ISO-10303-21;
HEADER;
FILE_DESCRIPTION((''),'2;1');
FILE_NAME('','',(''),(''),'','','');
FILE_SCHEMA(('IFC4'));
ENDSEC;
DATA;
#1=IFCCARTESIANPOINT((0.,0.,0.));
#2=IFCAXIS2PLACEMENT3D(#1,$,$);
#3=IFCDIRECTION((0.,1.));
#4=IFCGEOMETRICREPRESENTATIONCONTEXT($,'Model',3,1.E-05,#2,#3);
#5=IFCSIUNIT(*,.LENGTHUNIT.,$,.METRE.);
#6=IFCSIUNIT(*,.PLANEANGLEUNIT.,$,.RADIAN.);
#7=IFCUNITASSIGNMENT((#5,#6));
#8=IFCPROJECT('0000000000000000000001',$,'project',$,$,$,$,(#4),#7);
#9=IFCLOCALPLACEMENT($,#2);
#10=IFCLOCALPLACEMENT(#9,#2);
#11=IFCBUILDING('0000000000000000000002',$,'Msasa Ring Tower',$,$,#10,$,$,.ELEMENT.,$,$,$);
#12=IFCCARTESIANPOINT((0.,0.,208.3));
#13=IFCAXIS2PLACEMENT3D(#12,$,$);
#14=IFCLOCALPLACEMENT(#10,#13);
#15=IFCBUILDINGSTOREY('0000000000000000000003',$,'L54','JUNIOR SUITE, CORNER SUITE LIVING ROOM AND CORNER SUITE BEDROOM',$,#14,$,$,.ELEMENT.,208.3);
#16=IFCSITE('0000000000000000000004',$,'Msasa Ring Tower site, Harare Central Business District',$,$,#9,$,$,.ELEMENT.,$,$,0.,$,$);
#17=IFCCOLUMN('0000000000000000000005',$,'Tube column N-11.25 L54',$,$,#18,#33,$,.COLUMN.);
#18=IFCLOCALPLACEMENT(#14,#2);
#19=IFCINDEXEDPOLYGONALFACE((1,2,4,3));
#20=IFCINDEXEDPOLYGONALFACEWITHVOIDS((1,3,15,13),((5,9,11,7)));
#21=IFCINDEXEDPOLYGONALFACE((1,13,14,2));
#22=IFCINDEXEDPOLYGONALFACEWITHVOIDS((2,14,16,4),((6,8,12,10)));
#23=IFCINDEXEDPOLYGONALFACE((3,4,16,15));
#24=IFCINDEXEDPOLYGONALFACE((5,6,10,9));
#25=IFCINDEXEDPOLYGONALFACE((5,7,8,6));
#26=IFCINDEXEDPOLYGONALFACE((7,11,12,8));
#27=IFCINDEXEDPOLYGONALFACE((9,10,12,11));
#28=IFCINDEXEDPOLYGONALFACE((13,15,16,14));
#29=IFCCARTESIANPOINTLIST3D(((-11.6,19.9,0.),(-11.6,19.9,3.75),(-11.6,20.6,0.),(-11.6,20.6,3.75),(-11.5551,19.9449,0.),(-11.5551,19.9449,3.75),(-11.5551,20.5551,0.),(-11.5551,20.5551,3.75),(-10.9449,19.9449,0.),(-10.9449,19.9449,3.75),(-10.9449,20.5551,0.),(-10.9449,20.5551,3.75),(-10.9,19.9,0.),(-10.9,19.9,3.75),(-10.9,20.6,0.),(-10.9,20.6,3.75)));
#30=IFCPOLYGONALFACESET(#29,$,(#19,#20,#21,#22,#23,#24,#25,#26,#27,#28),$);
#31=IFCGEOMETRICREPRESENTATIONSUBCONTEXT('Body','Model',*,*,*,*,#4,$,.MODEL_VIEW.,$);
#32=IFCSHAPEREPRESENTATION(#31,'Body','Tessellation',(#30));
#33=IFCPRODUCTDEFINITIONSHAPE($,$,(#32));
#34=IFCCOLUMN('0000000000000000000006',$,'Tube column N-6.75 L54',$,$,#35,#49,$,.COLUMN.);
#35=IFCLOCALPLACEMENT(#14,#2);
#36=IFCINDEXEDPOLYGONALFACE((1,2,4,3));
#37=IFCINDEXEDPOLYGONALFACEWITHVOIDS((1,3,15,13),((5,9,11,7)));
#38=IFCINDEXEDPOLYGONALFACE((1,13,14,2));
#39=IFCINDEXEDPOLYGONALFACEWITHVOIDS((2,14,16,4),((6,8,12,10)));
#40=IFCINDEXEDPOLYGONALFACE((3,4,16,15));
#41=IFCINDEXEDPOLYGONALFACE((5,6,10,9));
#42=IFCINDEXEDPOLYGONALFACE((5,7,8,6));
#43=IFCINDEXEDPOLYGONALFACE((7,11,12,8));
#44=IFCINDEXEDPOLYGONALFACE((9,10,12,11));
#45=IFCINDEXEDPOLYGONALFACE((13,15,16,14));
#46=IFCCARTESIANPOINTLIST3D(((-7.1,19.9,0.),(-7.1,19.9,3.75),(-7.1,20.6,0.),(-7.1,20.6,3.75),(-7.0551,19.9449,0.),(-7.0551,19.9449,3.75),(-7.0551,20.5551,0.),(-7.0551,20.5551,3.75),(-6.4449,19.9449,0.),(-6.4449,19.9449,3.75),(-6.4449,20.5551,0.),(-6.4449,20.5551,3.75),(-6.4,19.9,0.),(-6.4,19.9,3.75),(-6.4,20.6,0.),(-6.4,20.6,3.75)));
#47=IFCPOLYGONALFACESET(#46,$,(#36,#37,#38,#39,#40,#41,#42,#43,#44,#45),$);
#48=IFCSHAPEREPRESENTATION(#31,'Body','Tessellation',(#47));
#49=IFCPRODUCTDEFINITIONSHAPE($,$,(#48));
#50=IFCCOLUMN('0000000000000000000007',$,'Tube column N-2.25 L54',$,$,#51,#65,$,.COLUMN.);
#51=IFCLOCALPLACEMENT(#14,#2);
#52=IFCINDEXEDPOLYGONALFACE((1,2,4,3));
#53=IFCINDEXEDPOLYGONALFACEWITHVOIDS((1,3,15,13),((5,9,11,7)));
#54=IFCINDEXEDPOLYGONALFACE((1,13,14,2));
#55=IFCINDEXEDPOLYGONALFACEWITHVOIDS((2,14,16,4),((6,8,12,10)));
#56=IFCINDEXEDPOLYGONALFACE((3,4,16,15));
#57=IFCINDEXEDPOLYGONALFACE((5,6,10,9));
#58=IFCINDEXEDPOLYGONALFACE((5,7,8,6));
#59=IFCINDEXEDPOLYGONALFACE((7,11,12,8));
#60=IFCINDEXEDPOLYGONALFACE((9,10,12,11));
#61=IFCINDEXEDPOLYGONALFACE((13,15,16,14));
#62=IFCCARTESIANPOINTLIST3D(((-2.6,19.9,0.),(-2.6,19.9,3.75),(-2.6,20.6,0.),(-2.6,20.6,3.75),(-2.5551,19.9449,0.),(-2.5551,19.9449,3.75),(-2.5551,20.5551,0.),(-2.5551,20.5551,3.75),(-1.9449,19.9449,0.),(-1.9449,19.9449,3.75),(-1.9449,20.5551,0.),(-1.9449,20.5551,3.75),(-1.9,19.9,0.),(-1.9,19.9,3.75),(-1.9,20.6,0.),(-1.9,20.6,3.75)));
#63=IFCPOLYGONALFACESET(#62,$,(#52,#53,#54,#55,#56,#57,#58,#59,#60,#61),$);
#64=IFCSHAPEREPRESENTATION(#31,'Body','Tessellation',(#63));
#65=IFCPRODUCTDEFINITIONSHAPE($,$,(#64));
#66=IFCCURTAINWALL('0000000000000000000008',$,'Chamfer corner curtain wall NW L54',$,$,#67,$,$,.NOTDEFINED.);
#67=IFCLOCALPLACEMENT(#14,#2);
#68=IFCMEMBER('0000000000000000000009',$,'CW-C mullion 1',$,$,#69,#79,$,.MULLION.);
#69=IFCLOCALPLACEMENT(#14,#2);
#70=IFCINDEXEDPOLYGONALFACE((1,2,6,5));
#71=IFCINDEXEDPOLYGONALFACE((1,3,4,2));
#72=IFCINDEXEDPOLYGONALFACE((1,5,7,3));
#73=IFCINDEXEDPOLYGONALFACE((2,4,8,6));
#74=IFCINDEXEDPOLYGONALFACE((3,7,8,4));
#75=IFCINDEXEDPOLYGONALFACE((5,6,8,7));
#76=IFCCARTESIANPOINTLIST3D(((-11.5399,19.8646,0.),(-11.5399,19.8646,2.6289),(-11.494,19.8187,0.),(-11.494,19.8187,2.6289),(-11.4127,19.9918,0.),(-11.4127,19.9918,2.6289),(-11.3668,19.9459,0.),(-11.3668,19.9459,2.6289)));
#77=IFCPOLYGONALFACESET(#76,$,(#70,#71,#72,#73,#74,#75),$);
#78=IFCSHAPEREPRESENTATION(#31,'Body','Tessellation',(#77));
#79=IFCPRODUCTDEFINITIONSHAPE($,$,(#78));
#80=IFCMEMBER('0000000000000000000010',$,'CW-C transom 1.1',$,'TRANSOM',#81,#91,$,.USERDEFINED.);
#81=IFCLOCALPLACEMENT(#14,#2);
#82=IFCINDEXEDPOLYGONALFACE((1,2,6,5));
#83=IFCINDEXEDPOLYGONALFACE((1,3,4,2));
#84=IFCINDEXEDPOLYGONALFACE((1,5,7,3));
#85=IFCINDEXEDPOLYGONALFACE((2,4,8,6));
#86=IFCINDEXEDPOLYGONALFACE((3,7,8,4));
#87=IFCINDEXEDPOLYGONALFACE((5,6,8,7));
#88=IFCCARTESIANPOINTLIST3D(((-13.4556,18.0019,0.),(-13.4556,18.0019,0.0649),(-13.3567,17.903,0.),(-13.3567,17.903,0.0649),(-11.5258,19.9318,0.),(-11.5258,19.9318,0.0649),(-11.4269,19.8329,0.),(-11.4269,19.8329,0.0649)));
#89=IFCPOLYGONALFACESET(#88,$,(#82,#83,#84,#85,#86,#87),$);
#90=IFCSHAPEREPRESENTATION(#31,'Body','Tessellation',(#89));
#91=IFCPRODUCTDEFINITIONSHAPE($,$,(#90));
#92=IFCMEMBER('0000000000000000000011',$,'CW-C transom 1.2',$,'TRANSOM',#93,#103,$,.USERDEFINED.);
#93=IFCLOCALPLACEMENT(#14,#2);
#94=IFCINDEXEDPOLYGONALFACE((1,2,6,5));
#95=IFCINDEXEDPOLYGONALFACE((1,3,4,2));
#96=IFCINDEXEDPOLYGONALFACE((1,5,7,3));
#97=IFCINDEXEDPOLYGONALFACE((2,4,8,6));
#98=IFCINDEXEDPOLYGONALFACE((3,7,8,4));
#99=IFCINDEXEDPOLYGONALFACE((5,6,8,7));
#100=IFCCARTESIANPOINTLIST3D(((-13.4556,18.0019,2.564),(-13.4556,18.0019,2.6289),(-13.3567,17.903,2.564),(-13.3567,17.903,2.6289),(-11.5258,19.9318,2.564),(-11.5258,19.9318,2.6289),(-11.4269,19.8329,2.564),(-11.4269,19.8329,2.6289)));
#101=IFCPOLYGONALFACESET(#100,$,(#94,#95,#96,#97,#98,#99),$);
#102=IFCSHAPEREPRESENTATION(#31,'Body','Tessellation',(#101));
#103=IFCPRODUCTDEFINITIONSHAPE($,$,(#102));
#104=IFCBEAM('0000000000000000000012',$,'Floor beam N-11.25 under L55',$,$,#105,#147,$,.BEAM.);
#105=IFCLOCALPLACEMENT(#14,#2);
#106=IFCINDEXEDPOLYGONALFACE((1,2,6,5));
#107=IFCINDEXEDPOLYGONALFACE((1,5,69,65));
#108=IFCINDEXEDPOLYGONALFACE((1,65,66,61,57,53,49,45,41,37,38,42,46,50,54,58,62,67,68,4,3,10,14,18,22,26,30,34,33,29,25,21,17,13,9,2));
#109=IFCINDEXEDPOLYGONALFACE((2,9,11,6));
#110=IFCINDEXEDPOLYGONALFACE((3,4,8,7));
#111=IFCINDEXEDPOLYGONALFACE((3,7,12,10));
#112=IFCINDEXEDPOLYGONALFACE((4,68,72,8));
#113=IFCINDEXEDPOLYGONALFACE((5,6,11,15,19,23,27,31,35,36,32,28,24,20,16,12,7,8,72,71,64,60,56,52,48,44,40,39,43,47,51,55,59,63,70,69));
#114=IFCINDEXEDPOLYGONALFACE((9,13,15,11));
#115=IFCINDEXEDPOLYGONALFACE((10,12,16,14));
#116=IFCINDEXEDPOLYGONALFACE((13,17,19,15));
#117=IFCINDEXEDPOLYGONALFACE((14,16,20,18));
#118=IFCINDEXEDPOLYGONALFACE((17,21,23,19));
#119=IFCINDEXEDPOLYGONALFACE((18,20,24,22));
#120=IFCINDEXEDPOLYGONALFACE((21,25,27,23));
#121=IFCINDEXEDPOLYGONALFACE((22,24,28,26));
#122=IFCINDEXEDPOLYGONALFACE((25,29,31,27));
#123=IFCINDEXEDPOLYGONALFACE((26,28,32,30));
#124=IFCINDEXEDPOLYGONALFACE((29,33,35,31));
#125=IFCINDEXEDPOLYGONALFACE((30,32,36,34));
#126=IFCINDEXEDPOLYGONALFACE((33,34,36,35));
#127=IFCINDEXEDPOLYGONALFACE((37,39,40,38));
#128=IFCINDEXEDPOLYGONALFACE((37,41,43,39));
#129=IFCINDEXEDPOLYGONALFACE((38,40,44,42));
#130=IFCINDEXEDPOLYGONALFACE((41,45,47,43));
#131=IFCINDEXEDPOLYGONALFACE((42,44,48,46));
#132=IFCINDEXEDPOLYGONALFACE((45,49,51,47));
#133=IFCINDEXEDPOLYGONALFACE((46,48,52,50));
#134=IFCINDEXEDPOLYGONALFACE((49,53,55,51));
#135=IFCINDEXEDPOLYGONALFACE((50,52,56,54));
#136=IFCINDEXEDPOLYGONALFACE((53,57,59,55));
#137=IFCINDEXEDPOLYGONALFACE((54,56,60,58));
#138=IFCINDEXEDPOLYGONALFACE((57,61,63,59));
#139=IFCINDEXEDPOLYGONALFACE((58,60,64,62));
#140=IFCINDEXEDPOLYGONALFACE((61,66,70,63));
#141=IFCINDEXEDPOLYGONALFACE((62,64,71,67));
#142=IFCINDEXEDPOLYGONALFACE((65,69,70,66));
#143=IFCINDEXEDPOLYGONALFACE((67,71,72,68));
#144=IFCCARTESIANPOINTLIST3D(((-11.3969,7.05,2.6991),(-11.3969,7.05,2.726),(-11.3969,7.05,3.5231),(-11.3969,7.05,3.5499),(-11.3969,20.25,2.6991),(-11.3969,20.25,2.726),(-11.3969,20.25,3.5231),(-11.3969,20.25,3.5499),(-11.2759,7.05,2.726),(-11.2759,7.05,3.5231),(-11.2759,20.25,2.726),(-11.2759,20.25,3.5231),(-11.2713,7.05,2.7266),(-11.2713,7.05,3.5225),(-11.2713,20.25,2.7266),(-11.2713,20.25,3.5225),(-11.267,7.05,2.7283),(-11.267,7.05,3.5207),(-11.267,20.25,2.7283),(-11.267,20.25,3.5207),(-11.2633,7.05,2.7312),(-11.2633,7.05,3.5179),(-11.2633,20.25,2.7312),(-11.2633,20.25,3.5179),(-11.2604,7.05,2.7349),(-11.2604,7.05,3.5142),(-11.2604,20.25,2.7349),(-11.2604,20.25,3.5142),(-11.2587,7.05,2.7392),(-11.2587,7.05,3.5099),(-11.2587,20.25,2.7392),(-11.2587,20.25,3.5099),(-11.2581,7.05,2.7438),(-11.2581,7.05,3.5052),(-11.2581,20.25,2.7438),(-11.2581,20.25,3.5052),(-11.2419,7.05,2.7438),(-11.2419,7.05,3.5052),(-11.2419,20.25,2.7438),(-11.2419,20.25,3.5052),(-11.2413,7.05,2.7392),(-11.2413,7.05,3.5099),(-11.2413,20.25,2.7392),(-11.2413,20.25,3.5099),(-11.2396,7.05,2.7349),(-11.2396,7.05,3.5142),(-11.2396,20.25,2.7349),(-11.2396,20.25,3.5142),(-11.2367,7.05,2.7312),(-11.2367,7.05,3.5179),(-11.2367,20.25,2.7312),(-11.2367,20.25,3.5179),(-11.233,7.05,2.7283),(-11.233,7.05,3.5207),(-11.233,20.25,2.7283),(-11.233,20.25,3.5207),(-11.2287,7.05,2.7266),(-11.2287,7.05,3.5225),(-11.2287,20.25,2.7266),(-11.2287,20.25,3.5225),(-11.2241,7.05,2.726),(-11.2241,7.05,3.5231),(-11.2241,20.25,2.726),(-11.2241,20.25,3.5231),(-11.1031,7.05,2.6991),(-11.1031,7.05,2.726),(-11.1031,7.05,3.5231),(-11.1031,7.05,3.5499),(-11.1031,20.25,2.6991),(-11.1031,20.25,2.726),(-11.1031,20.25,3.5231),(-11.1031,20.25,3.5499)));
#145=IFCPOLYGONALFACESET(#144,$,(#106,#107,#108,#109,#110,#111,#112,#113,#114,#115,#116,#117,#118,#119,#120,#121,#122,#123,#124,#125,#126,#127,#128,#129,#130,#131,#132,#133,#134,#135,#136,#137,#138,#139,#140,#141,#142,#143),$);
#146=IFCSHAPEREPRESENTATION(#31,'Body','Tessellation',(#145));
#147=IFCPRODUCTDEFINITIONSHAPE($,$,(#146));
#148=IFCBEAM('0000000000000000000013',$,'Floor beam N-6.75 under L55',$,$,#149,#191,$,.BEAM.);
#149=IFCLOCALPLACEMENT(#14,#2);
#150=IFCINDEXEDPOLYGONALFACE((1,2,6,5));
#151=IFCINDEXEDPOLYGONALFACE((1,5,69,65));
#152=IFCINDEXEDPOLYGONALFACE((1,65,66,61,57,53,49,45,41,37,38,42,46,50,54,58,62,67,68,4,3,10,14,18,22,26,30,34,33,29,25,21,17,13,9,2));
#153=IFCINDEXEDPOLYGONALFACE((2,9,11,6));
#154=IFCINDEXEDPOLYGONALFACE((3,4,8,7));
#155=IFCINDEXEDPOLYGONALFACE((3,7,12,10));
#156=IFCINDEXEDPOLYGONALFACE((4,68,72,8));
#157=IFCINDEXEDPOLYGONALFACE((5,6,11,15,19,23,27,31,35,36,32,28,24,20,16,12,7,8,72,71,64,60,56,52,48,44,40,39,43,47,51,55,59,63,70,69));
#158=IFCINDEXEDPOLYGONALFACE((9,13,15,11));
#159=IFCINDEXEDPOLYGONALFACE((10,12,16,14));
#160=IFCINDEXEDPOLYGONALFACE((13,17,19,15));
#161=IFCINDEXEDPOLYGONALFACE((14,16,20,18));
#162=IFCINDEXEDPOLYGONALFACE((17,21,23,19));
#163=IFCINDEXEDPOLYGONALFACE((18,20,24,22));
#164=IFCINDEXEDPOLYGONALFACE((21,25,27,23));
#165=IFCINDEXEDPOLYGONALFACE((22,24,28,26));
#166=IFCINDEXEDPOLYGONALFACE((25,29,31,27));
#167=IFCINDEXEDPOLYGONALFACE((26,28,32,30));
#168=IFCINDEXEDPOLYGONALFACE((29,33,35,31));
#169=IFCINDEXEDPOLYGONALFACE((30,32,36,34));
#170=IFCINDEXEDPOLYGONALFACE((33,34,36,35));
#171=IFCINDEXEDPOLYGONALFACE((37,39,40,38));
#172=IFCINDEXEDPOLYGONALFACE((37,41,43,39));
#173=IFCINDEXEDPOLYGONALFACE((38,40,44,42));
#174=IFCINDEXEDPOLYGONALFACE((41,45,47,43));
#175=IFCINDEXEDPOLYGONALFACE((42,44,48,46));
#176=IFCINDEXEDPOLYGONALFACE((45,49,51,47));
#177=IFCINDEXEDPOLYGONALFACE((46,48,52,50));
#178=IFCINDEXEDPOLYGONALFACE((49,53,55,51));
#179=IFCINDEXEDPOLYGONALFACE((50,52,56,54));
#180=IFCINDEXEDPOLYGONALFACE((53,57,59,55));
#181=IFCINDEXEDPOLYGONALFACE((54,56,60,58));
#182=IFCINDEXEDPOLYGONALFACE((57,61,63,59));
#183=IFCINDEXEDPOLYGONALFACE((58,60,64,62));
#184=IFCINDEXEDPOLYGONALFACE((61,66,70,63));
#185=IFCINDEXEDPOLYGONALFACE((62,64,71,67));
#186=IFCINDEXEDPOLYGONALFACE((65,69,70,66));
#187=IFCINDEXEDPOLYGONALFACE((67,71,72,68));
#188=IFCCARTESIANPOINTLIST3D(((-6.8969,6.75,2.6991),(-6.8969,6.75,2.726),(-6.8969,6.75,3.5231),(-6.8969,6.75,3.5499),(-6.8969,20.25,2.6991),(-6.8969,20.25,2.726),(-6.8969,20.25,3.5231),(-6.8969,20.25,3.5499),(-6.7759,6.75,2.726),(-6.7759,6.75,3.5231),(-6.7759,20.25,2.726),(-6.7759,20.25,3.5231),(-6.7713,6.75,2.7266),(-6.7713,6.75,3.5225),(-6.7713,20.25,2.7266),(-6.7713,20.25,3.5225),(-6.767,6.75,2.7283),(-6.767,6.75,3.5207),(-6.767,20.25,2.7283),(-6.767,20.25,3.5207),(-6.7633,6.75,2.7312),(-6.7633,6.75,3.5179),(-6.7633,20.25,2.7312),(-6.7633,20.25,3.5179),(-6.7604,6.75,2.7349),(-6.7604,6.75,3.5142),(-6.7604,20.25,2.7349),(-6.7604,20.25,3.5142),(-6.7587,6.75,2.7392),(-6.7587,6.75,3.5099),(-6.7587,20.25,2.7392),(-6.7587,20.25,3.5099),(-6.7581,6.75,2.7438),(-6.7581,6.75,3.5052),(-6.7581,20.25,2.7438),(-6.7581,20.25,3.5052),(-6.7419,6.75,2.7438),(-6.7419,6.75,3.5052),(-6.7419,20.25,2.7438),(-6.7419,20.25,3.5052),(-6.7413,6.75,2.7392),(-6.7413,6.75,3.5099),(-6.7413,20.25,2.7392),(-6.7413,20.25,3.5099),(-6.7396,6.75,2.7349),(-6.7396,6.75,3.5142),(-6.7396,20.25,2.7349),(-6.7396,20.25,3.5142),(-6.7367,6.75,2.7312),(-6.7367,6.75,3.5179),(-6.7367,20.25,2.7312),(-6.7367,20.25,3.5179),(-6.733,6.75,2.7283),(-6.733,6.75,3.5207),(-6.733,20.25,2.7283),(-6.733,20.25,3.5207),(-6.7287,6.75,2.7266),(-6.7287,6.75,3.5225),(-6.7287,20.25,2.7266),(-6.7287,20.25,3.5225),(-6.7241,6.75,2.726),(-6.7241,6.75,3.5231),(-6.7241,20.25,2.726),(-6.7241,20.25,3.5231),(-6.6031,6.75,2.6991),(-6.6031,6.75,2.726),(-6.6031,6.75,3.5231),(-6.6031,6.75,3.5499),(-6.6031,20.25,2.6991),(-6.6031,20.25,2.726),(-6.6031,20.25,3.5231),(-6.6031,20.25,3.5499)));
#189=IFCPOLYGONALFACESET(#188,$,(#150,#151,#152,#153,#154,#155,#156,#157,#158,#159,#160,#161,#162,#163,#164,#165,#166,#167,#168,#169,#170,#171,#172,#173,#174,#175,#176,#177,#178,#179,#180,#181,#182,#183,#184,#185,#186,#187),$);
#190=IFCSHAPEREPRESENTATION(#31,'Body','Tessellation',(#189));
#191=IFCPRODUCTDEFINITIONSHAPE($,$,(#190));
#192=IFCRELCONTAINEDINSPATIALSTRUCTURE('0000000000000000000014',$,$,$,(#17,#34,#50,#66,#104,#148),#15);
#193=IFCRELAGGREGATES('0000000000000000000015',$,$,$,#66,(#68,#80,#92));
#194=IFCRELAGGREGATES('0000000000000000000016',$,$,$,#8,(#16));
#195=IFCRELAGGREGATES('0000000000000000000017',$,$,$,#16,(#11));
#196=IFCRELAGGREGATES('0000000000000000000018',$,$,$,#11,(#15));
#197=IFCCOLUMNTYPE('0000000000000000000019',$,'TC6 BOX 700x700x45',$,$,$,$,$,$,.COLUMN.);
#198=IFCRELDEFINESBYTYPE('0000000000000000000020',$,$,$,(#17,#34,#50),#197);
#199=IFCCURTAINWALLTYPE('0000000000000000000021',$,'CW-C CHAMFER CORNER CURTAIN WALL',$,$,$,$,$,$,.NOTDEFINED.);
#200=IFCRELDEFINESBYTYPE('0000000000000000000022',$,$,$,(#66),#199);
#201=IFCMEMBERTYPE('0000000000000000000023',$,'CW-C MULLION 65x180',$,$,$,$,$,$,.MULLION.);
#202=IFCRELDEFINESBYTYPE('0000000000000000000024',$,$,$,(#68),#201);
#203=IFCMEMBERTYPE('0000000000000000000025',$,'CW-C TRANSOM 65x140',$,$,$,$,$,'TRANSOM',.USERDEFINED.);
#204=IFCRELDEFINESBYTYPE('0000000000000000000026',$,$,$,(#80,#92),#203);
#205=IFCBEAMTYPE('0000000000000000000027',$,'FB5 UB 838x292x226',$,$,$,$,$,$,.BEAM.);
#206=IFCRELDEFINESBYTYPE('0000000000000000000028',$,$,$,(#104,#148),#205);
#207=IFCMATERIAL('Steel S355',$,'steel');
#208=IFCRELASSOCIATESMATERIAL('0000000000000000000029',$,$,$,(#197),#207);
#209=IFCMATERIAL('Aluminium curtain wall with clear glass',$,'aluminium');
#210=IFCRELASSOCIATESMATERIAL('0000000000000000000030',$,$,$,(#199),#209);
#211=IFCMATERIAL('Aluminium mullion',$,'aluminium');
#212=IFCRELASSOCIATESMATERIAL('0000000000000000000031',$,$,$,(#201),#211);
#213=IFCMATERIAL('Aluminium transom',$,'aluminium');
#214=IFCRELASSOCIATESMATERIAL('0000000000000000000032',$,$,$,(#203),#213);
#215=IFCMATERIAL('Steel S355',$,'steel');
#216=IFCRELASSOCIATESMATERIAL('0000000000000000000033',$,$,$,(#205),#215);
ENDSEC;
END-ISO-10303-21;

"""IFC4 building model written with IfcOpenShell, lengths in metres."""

from ifc_helpers import new_model, si_unit, direction, frame, origin, origin_2d, place, context, subcontext, project, spatial, rectangle, hollow_rectangle, i_section, extrude, material, material_profile, profile_set, type_object, element, aggregate, save


model = new_model("IFC4")

# Units and contexts
model_context = context("Model", 3, precision=1e-05, world=origin(), true_north=direction((0.0, 1.0)))
body_context = subcontext(model_context, "Body", "Model", "MODEL_VIEW")
ifc_project = project(units=[si_unit("LENGTHUNIT", "METRE"), si_unit("PLANEANGLEUNIT", "RADIAN")], contexts=[model_context])

# Site, building, storey
site_placement = place(None, origin())
site = spatial("IfcSite", under=ifc_project, at=site_placement, Name="Msasa Ring Tower site, Harare Central Business District", CompositionType="ELEMENT", RefElevation=0.0)
building_placement = place(site_placement, origin())
building = spatial("IfcBuilding", under=site, at=building_placement, Name="Msasa Ring Tower", CompositionType="ELEMENT")
storey_placement = place(building_placement, frame((0.0, 0.0, 208.3)))
storey = spatial("IfcBuildingStorey", under=building, at=storey_placement, Name="L54", Description="JUNIOR SUITE, CORNER SUITE LIVING ROOM AND CORNER SUITE BEDROOM", CompositionType="ELEMENT", Elevation=208.3)

# Columns
ifc_material_1 = material(Name="Steel S355", Category="steel")
ifc_material_profile_1 = material_profile(ifc_material_1, hollow_rectangle(XDim=0.7, YDim=0.7, WallThickness=0.0449, at=origin_2d()), Name="BOX 700x700x45")
ifc_profile_set_1 = profile_set([ifc_material_profile_1], Name="Steel S355")
column_type = type_object("IfcColumnType", Name="TC6 BOX 700x700x45", PredefinedType="COLUMN", material=ifc_profile_set_1)
for number, where, z_axis, x_axis, name in (
    (1, (-11.25, 20.25, 0.0), (0.0, 0.0, 1.0), (0.0, 1.0, 0.0), "Tube column N-11.25 L54"),
    (2, (-6.75, 20.25, 0.0), (0.0, 0.0, 1.0), (0.0, 1.0, 0.0), "Tube column N-6.75 L54"),
    (3, (-2.25, 20.25, 0.0), (0.0, 0.0, 1.0), (0.0, 1.0, 0.0), "Tube column N-2.25 L54"),
):
    element("IfcColumn", number, at=place(storey_placement, frame(where, z_axis=z_axis, x_axis=x_axis)), inside=storey, type_object=column_type, Name=name, PredefinedType="COLUMN", context=body_context, shape_type="SweptSolid", body=[
        extrude(hollow_rectangle(XDim=0.7, YDim=0.7, WallThickness=0.0449, at=origin_2d()), origin(), (0.0, 0.0, 1.0), 3.75),
    ])

# Curtain wall, members
ifc_material_2 = material(Name="Aluminium curtain wall with clear glass", Category="aluminium")
curtain_wall_type = type_object("IfcCurtainWallType", Name="CW-C CHAMFER CORNER CURTAIN WALL", PredefinedType="NOTDEFINED", material=ifc_material_2)
curtain_wall_placement = place(storey_placement, origin())
curtain_wall = element("IfcCurtainWall", 4, at=curtain_wall_placement, inside=storey, type_object=curtain_wall_type, Name="Chamfer corner curtain wall NW L54", PredefinedType="NOTDEFINED")
ifc_material_3 = material(Name="Aluminium mullion", Category="aluminium")
ifc_material_profile_2 = material_profile(ifc_material_3, rectangle(XDim=0.0649, YDim=0.1799, at=origin_2d()), Name="AL 65x180")
ifc_profile_set_2 = profile_set([ifc_material_profile_2], Name="Aluminium mullion")
member_type_1 = type_object("IfcMemberType", Name="CW-C MULLION 65x180", PredefinedType="MULLION", material=ifc_profile_set_2)
member_1_placement = place(storey_placement, frame((-11.4534, 19.9053, 0.0), z_axis=(0.0, 0.0, 1.0), x_axis=(0.707107, -0.707107, 0.0)))
member_1 = element("IfcMember", 5, at=member_1_placement, type_object=member_type_1, Name="CW-C mullion 1", PredefinedType="MULLION", context=body_context, shape_type="SweptSolid", body=[
    extrude(rectangle(XDim=0.0649, YDim=0.1799, at=origin_2d()), origin(), (0.0, 0.0, 1.0), 2.6289),
])
ifc_material_4 = material(Name="Aluminium transom", Category="aluminium")
ifc_material_profile_3 = material_profile(ifc_material_4, rectangle(XDim=0.1399, YDim=0.0649, at=origin_2d()), Name="AL 65x140")
ifc_profile_set_3 = profile_set([ifc_material_profile_3], Name="Aluminium transom")
member_type_2 = type_object("IfcMemberType", Name="CW-C TRANSOM 65x140", ElementType="TRANSOM", PredefinedType="USERDEFINED", material=ifc_profile_set_3)
member_2_placement = place(storey_placement, frame((-11.4763, 19.8823, 0.0325), z_axis=(-0.707107, -0.707107, 0.0), x_axis=(0.707107, -0.707107, 0.0)))
member_2 = element("IfcMember", 6, at=member_2_placement, type_object=member_type_2, Name="CW-C transom 1.1", ObjectType="TRANSOM", PredefinedType="USERDEFINED", context=body_context, shape_type="SweptSolid", body=[
    extrude(rectangle(XDim=0.1399, YDim=0.0649, at=origin_2d()), origin(), (0.0, 0.0, 1.0), 2.7292),
])
member_3_placement = place(storey_placement, frame((-11.4763, 19.8823, 2.5964), z_axis=(-0.707107, -0.707107, 0.0), x_axis=(0.707107, -0.707107, 0.0)))
member_3 = element("IfcMember", 7, at=member_3_placement, type_object=member_type_2, Name="CW-C transom 1.2", ObjectType="TRANSOM", PredefinedType="USERDEFINED", context=body_context, shape_type="SweptSolid", body=[
    extrude(rectangle(XDim=0.1399, YDim=0.0649, at=origin_2d()), origin(), (0.0, 0.0, 1.0), 2.7292),
])
aggregate(curtain_wall, [member_1, member_2, member_3])

# Beams
ifc_material_5 = material(Name="Steel S355", Category="steel")
ifc_material_profile_4 = material_profile(ifc_material_5, i_section(OverallWidth=0.2937, OverallDepth=0.8508, WebThickness=0.0161, FlangeThickness=0.0269, FilletRadius=0.0178, at=origin_2d()), Name="UB 838x292x226")
ifc_profile_set_4 = profile_set([ifc_material_profile_4], Name="Steel S355")
beam_type_1 = type_object("IfcBeamType", Name="FB5 UB 838x292x226", PredefinedType="BEAM", material=ifc_profile_set_4)
beam_1_placement = place(storey_placement, frame((-11.25, 20.25, 3.1245), z_axis=(0.0, -1.0, 0.0), x_axis=(1.0, 0.0, 0.0)))
element("IfcBeam", 8, at=beam_1_placement, inside=storey, type_object=beam_type_1, Name="Floor beam N-11.25 under L55", PredefinedType="BEAM", context=body_context, shape_type="SweptSolid", body=[
    extrude(i_section(OverallWidth=0.2937, OverallDepth=0.8508, WebThickness=0.0161, FlangeThickness=0.0269, FilletRadius=0.0178, at=origin_2d()), origin(), (0.0, 0.0, 1.0), 13.2),
])
for number, where, z_axis, x_axis, name in (
    (9, (-6.75, 20.25, 3.1245), (0.0, -1.0, 0.0), (1.0, 0.0, 0.0), "Floor beam N-6.75 under L55"),
):
    element("IfcBeam", number, at=place(storey_placement, frame(where, z_axis=z_axis, x_axis=x_axis)), inside=storey, type_object=beam_type_1, Name=name, PredefinedType="BEAM", context=body_context, shape_type="SweptSolid", body=[
        extrude(i_section(OverallWidth=0.2937, OverallDepth=0.8508, WebThickness=0.0161, FlangeThickness=0.0269, FilletRadius=0.0178, at=origin_2d()), origin(), (0.0, 0.0, 1.0), 13.5),
    ])

save(model, "model.ifc")
